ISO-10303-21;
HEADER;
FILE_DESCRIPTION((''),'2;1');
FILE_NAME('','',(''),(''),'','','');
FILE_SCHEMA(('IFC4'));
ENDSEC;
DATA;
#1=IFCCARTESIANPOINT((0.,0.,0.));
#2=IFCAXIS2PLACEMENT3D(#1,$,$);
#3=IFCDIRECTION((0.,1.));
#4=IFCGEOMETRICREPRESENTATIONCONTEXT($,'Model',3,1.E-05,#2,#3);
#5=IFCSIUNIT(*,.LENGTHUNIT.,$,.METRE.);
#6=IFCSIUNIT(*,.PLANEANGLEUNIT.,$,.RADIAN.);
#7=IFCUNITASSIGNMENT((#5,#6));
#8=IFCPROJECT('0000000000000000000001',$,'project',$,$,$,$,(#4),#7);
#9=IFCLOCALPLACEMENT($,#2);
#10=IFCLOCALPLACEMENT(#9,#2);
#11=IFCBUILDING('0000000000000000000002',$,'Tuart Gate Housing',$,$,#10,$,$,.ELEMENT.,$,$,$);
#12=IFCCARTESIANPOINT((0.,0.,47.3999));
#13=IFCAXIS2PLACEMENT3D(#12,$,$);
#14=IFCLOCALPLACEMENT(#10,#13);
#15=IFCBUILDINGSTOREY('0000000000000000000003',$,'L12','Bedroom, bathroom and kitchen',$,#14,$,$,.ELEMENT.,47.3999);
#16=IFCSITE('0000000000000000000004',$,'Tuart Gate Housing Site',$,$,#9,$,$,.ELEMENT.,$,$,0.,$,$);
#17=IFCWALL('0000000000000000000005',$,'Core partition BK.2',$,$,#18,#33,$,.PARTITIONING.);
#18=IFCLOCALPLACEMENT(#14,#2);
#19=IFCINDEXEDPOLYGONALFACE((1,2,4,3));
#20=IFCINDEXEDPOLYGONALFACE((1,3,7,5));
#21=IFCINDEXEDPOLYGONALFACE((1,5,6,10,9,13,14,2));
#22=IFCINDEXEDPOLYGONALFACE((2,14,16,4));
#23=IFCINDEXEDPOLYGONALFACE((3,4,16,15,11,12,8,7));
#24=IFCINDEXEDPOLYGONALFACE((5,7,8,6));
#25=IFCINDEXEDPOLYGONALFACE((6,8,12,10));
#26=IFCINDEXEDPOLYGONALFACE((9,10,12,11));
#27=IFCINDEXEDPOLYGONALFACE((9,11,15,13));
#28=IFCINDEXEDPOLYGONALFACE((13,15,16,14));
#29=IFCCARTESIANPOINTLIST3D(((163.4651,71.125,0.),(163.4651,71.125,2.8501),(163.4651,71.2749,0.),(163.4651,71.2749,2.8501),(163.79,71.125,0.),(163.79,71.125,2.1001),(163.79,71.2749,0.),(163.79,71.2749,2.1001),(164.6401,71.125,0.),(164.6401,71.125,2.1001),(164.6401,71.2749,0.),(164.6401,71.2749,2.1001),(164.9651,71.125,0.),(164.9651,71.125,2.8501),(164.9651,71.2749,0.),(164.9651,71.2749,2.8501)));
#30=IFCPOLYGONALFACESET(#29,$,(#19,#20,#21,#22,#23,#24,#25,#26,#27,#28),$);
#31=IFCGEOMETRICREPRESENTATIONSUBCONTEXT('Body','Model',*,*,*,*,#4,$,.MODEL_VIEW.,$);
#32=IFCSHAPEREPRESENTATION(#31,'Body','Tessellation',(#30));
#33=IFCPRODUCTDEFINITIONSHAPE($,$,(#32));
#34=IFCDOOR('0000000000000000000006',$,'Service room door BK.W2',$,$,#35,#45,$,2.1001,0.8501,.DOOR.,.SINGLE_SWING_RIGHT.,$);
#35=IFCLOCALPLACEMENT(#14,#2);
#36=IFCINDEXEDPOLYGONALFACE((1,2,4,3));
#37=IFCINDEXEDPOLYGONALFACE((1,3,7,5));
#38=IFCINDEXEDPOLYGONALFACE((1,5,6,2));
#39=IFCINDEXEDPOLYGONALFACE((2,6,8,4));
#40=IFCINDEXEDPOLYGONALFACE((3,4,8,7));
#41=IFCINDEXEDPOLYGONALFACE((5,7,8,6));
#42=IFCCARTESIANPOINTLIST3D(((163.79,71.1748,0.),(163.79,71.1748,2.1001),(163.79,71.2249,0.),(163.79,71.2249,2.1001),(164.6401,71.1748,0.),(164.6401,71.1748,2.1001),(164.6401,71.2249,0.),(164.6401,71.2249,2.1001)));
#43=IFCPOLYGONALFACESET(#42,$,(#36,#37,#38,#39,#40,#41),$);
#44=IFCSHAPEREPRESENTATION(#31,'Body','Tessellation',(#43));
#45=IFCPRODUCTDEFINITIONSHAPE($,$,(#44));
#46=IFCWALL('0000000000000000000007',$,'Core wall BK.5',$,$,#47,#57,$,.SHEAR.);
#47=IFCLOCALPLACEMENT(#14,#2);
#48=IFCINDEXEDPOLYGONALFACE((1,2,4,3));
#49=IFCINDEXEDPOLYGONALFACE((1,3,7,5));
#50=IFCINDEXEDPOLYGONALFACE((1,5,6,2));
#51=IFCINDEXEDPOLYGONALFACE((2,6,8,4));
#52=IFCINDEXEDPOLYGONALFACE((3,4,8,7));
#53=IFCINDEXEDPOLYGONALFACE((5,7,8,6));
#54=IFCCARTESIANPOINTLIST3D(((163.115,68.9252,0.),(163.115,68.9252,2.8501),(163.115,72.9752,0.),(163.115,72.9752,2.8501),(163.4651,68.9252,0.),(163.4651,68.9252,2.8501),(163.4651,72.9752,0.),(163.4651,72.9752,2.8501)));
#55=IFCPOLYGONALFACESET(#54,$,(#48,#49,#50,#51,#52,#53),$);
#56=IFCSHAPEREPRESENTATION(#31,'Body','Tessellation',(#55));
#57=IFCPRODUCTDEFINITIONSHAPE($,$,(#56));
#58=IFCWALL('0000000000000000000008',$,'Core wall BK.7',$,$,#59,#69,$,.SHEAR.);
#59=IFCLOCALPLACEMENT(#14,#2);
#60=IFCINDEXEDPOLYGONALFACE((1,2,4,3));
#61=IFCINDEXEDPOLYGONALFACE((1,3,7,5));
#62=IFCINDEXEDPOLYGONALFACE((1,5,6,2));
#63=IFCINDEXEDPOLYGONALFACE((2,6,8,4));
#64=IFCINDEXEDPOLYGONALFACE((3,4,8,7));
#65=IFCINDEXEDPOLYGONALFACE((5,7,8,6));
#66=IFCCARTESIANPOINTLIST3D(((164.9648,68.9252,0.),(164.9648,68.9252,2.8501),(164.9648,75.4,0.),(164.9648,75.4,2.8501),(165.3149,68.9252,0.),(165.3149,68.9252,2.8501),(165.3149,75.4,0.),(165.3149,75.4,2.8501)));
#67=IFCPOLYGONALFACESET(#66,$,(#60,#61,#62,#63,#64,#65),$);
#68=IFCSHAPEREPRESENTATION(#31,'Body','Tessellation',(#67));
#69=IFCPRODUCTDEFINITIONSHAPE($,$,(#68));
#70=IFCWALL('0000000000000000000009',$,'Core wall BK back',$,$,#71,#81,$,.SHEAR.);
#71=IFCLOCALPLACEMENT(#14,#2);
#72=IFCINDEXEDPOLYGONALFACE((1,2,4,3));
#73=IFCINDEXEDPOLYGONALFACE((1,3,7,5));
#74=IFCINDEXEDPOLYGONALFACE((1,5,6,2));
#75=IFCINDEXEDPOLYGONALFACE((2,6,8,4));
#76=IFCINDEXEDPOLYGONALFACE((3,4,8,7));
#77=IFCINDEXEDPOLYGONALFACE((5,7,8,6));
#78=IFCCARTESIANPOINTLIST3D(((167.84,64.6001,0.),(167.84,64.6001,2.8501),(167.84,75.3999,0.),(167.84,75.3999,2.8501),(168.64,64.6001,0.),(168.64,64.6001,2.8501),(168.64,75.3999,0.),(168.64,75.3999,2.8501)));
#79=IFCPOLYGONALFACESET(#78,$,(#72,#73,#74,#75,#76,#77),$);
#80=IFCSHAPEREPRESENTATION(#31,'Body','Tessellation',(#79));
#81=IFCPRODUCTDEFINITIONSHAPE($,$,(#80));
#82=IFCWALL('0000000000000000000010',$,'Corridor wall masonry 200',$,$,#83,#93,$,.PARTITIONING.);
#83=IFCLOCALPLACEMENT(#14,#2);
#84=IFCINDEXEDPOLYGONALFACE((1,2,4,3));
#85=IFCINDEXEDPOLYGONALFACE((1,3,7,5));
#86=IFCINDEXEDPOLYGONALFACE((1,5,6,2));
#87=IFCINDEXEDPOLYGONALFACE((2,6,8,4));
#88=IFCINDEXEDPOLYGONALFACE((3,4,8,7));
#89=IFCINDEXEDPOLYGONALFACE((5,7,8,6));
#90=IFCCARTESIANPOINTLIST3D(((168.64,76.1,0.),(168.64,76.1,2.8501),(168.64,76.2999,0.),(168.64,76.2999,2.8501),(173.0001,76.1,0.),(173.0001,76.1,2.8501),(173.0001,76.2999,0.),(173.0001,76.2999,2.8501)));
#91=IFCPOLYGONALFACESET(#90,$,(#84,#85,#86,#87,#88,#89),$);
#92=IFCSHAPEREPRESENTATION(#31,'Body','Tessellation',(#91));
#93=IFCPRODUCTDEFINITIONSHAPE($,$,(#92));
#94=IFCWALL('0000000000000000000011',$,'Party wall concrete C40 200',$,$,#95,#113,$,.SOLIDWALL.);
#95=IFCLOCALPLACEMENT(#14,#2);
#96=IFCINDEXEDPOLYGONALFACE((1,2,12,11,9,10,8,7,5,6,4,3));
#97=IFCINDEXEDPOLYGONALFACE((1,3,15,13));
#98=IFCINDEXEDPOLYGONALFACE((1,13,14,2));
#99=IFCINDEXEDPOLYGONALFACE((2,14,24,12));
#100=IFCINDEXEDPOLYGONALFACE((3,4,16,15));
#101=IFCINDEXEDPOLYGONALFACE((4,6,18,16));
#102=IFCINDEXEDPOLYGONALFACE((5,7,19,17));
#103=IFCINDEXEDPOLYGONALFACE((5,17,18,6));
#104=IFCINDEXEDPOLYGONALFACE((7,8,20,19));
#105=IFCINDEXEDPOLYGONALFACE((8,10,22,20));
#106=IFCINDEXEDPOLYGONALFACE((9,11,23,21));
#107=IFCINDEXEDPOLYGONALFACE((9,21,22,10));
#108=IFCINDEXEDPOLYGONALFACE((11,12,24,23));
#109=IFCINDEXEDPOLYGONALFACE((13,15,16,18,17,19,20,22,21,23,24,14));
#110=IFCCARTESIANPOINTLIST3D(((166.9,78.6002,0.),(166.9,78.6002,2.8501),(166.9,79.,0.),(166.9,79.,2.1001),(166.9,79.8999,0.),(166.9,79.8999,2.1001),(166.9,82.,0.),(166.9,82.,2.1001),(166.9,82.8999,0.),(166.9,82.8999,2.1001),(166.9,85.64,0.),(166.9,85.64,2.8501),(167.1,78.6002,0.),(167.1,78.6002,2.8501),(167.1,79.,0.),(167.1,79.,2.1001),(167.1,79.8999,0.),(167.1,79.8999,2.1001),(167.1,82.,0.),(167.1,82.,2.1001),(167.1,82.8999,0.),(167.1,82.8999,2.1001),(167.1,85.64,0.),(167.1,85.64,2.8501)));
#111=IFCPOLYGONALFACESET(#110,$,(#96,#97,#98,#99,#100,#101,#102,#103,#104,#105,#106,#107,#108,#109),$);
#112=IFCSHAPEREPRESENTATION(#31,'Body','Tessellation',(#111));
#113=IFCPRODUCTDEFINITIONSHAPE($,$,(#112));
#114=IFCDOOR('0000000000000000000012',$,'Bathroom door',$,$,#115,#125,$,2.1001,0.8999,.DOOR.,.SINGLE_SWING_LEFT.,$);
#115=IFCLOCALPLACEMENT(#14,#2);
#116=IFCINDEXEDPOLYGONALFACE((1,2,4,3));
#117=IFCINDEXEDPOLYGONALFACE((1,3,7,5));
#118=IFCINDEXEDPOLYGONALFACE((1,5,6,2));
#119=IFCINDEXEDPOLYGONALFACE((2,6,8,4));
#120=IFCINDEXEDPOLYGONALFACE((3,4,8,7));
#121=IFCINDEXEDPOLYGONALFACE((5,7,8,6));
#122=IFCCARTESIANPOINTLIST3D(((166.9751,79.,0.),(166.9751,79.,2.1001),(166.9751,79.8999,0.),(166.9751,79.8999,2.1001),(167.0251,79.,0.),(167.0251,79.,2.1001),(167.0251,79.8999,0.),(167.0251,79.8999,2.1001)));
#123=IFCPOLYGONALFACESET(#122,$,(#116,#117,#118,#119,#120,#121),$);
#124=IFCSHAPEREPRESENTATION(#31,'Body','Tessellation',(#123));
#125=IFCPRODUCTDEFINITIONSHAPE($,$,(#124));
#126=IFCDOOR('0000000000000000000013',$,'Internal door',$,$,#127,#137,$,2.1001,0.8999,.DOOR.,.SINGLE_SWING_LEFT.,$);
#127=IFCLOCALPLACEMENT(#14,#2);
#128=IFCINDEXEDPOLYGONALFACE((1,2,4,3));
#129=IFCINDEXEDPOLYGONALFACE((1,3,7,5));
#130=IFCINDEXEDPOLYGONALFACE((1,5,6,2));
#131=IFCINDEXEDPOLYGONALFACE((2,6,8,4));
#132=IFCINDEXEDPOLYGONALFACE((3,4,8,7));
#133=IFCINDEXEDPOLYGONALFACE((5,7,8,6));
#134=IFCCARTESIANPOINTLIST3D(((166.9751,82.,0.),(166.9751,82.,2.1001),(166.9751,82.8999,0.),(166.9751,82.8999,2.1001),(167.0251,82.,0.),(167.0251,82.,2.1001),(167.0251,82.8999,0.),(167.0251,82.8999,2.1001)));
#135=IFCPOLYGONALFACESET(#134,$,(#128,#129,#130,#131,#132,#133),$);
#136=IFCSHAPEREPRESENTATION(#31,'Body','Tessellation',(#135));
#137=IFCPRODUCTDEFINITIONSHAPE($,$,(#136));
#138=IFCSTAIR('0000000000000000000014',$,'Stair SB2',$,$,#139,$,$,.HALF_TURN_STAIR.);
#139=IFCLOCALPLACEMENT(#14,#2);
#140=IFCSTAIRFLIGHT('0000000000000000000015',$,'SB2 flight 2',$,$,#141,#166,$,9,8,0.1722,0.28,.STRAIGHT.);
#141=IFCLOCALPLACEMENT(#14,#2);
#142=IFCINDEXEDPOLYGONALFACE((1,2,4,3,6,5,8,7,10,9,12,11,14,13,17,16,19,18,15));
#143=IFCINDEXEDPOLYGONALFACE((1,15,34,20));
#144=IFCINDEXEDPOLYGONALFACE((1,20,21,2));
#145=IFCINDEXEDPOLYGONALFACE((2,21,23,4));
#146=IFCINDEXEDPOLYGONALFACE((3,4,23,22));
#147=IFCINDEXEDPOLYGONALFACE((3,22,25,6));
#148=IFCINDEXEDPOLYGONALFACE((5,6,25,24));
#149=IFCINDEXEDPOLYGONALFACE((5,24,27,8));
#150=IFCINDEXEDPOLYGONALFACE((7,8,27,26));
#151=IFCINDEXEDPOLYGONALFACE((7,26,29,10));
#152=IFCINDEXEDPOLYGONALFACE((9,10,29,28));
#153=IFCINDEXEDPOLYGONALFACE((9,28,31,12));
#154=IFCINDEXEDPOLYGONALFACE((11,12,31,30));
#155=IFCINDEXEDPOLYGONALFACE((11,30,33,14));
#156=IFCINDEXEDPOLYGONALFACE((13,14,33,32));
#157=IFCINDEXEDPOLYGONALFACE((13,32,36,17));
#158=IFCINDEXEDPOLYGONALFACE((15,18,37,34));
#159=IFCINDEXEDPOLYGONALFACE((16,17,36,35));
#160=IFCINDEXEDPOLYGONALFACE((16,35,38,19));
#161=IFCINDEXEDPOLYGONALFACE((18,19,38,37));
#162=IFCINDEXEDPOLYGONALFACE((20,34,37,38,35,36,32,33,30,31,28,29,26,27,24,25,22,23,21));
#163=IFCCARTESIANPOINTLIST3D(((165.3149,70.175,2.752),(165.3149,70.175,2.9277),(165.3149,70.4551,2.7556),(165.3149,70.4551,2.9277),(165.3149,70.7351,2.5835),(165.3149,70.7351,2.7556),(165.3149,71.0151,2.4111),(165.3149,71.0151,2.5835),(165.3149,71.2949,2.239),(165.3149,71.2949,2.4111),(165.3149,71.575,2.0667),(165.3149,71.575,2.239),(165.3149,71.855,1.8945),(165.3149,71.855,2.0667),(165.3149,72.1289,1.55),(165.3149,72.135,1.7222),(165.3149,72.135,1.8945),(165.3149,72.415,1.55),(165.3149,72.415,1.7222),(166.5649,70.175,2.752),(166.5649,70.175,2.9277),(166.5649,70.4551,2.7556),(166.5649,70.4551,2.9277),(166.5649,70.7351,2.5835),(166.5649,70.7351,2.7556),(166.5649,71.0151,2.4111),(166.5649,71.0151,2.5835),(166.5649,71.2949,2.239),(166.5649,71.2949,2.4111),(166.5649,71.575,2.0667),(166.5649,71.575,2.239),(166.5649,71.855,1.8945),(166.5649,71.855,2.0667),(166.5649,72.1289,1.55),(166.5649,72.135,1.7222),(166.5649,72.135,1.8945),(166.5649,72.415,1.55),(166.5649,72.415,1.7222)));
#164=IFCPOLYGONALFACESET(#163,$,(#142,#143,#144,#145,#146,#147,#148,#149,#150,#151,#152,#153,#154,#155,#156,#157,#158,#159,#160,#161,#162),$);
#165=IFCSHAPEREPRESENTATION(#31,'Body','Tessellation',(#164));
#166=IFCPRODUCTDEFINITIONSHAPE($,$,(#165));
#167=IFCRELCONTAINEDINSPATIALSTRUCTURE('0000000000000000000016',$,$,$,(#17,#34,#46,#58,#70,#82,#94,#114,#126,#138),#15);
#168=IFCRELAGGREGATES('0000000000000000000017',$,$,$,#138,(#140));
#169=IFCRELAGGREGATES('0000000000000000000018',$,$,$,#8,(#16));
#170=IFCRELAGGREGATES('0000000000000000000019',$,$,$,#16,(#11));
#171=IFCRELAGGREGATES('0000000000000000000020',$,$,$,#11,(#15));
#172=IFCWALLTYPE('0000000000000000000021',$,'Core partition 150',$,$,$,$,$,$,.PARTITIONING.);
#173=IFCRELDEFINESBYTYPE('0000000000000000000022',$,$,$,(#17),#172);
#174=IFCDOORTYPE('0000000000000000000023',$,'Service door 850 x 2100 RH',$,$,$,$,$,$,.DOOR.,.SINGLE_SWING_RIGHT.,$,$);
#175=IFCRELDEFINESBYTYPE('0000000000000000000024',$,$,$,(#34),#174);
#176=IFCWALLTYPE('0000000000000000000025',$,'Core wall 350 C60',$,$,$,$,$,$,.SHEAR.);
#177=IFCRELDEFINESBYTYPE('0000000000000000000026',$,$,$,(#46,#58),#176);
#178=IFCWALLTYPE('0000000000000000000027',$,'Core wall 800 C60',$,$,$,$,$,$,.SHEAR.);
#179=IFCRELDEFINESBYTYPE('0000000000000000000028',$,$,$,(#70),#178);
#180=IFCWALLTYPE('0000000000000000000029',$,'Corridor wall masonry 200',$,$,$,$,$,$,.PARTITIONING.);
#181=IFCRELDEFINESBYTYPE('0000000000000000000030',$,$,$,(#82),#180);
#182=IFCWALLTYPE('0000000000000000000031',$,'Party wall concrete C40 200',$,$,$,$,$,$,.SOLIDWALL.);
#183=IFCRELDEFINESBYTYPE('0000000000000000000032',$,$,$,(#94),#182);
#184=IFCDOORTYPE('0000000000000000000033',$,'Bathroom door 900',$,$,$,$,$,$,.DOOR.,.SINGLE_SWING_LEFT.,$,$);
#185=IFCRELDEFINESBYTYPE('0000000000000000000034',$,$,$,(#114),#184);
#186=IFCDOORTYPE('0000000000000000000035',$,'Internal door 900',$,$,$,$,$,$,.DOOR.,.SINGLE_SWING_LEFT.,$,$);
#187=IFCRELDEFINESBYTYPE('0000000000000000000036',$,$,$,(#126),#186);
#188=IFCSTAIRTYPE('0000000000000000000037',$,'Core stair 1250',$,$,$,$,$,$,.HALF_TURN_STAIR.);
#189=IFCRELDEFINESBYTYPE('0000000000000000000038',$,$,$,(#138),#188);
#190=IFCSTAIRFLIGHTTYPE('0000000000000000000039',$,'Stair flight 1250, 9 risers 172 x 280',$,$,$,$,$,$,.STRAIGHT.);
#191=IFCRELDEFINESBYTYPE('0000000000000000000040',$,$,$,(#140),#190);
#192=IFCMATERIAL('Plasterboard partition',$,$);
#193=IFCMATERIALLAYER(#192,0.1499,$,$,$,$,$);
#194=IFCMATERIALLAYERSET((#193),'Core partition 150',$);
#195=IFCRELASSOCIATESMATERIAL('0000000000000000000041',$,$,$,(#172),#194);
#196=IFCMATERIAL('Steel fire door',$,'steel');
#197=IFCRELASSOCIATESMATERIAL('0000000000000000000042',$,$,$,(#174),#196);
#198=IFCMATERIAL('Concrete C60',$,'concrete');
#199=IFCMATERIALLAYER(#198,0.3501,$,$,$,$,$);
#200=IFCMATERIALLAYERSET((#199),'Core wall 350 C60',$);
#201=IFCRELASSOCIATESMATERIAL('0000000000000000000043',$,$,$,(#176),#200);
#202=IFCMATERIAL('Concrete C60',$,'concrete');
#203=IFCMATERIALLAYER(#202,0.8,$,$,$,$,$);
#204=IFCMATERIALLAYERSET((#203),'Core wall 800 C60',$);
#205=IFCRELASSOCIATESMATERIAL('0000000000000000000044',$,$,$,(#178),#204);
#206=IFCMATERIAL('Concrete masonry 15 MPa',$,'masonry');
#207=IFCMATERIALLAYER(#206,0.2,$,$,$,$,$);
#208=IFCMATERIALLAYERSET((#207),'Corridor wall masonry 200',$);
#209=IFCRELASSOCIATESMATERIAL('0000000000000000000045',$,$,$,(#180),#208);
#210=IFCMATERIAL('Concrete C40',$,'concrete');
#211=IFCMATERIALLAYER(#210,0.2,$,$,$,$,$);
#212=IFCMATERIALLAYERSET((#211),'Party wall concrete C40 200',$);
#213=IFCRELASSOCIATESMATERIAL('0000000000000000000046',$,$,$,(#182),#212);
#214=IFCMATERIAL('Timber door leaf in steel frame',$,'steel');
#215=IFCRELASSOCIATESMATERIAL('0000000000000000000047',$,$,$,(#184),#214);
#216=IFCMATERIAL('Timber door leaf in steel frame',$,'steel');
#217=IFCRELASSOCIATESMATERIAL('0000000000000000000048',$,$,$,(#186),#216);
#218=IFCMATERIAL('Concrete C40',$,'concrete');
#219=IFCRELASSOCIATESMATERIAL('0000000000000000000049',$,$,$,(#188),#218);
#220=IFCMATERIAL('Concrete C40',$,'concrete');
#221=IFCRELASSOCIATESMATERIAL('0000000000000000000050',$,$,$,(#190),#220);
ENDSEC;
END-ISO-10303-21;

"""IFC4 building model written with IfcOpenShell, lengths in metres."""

from ifc_helpers import new_model, si_unit, direction, frame, frame_2d, origin, place, context, subcontext, project, spatial, polyline, rectangle, outline, extrude, material, layer, layer_set, type_object, element, fill, aggregate, save


model = new_model("IFC4")

# Units and contexts
model_context = context("Model", 3, precision=1e-05, world=origin(), true_north=direction((0.0, 1.0)))
body_context = subcontext(model_context, "Body", "Model", "MODEL_VIEW")
ifc_project = project(units=[si_unit("LENGTHUNIT", "METRE"), si_unit("PLANEANGLEUNIT", "RADIAN")], contexts=[model_context])

# Site, building, storey
site_placement = place(None, origin())
site = spatial("IfcSite", under=ifc_project, at=site_placement, Name="Tuart Gate Housing Site", CompositionType="ELEMENT", RefElevation=0.0)
building_placement = place(site_placement, origin())
building = spatial("IfcBuilding", under=site, at=building_placement, Name="Tuart Gate Housing", CompositionType="ELEMENT")
storey_placement = place(building_placement, frame((0.0, 0.0, 47.3999)))
storey = spatial("IfcBuildingStorey", under=building, at=storey_placement, Name="L12", Description="Bedroom, bathroom and kitchen", CompositionType="ELEMENT", Elevation=47.3999)

# Wall, opening, door
ifc_material_1 = material(Name="Plasterboard partition")
ifc_layer_1 = layer(ifc_material_1, 0.1499)
ifc_layer_set_1 = layer_set([ifc_layer_1], Name="Core partition 150")
wall_type_1 = type_object("IfcWallType", Name="Core partition 150", PredefinedType="PARTITIONING", material=ifc_layer_set_1)
wall_1_placement = place(storey_placement, frame((163.4651, 71.2, 0.0), z_axis=(0.0, 0.0, 1.0), x_axis=(1.0, 0.0, 0.0)))
wall_1 = element("IfcWall", 1, at=wall_1_placement, inside=storey, type_object=wall_type_1, Name="Core partition BK.2", PredefinedType="PARTITIONING", context=body_context, shape_type="SweptSolid", body=[
    extrude(rectangle(XDim=1.5, YDim=0.1499, at=frame_2d((0.75, 0.0))), origin(), (0.0, 0.0, 1.0), 2.8501),
])
opening_1_placement = place(wall_1_placement, frame((0.325, 0.0, 0.0)))
opening_1 = element("IfcOpeningElement", 2, at=opening_1_placement, cuts=wall_1, PredefinedType="OPENING", context=body_context, shape_type="SweptSolid", body=[
    extrude(rectangle(XDim=0.8501, YDim=2.1001, at=frame_2d((0.425, 1.05))), frame((0.0, 0.085, 0.0), z_axis=(0.0, -1.0, 0.0), x_axis=(1.0, 0.0, 0.0)), (0.0, 0.0, 1.0), 0.1699),
])
ifc_material_2 = material(Name="Steel fire door", Category="steel")
door_type_1 = type_object("IfcDoorType", Name="Service door 850 x 2100 RH", OperationType="SINGLE_SWING_RIGHT", PredefinedType="DOOR", material=ifc_material_2)
door_1_placement = place(opening_1_placement, frame((0.8501, 0.0, 0.0), z_axis=(0.0, 0.0, 1.0), x_axis=(-1.0, 0.0, 0.0)))
door_1 = element("IfcDoor", 3, at=door_1_placement, inside=storey, type_object=door_type_1, Name="Service room door BK.W2", OperationType="SINGLE_SWING_RIGHT", OverallHeight=2.1001, OverallWidth=0.8501, PredefinedType="DOOR", context=body_context, shape_type="SweptSolid", body=[
    extrude(rectangle(XDim=0.8501, YDim=2.1001, at=frame_2d((0.425, 1.05))), frame((0.0, 0.0251, 0.0), z_axis=(0.0, -1.0, 0.0), x_axis=(1.0, 0.0, 0.0)), (0.0, 0.0, 1.0), 0.05),
])
fill(opening_1, door_1)

# Walls
ifc_material_3 = material(Name="Concrete C60", Category="concrete")
ifc_layer_2 = layer(ifc_material_3, 0.3501)
ifc_layer_set_2 = layer_set([ifc_layer_2], Name="Core wall 350 C60")
wall_type_2 = type_object("IfcWallType", Name="Core wall 350 C60", PredefinedType="SHEAR", material=ifc_layer_set_2)
wall_2_placement = place(storey_placement, frame((163.29, 72.9751, 0.0), z_axis=(0.0, 0.0, 1.0), x_axis=(0.0, -1.0, 0.0)))
element("IfcWall", 4, at=wall_2_placement, inside=storey, type_object=wall_type_2, Name="Core wall BK.5", PredefinedType="SHEAR", context=body_context, shape_type="SweptSolid", body=[
    extrude(rectangle(XDim=4.05, YDim=0.3501, at=frame_2d((2.0249, 0.0))), origin(), (0.0, 0.0, 1.0), 2.8501),
])
wall_3_placement = place(storey_placement, frame((165.1399, 75.3999, 0.0), z_axis=(0.0, 0.0, 1.0), x_axis=(0.0, -1.0, 0.0)))
element("IfcWall", 5, at=wall_3_placement, inside=storey, type_object=wall_type_2, Name="Core wall BK.7", PredefinedType="SHEAR", context=body_context, shape_type="SweptSolid", body=[
    extrude(rectangle(XDim=6.4749, YDim=0.3501, at=frame_2d((3.2373, 0.0))), origin(), (0.0, 0.0, 1.0), 2.8501),
])
ifc_material_4 = material(Name="Concrete C60", Category="concrete")
ifc_layer_3 = layer(ifc_material_4, 0.8)
ifc_layer_set_3 = layer_set([ifc_layer_3], Name="Core wall 800 C60")
wall_type_3 = type_object("IfcWallType", Name="Core wall 800 C60", PredefinedType="SHEAR", material=ifc_layer_set_3)
wall_4_placement = place(storey_placement, frame((168.24, 75.3999, 0.0), z_axis=(0.0, 0.0, 1.0), x_axis=(0.0, -1.0, 0.0)))
element("IfcWall", 6, at=wall_4_placement, inside=storey, type_object=wall_type_3, Name="Core wall BK back", PredefinedType="SHEAR", context=body_context, shape_type="SweptSolid", body=[
    extrude(rectangle(XDim=10.7998, YDim=0.8, at=frame_2d((5.3999, 0.0))), origin(), (0.0, 0.0, 1.0), 2.8501),
])
ifc_material_5 = material(Name="Concrete masonry 15 MPa", Category="masonry")
ifc_layer_4 = layer(ifc_material_5, 0.2)
ifc_layer_set_4 = layer_set([ifc_layer_4], Name="Corridor wall masonry 200")
wall_type_4 = type_object("IfcWallType", Name="Corridor wall masonry 200", PredefinedType="PARTITIONING", material=ifc_layer_set_4)
wall_5_placement = place(storey_placement, frame((168.6399, 76.2, 0.0), z_axis=(0.0, 0.0, 1.0), x_axis=(1.0, 0.0, 0.0)))
element("IfcWall", 7, at=wall_5_placement, inside=storey, type_object=wall_type_4, Name="Corridor wall masonry 200", PredefinedType="PARTITIONING", context=body_context, shape_type="SweptSolid", body=[
    extrude(rectangle(XDim=4.3601, YDim=0.2, at=frame_2d((2.1802, 0.0))), origin(), (0.0, 0.0, 1.0), 2.8501),
])

# Wall, openings, doors
ifc_material_6 = material(Name="Concrete C40", Category="concrete")
ifc_layer_5 = layer(ifc_material_6, 0.2)
ifc_layer_set_5 = layer_set([ifc_layer_5], Name="Party wall concrete C40 200")
wall_type_5 = type_object("IfcWallType", Name="Party wall concrete C40 200", PredefinedType="SOLIDWALL", material=ifc_layer_set_5)
wall_6_placement = place(storey_placement, frame((167.0, 78.6001, 0.0), z_axis=(0.0, 0.0, 1.0), x_axis=(0.0, 1.0, 0.0)))
wall_6 = element("IfcWall", 8, at=wall_6_placement, inside=storey, type_object=wall_type_5, Name="Party wall concrete C40 200", PredefinedType="SOLIDWALL", context=body_context, shape_type="SweptSolid", body=[
    extrude(rectangle(XDim=7.0398, YDim=0.2, at=frame_2d((3.52, 0.0))), origin(), (0.0, 0.0, 1.0), 2.8501),
])
opening_2_placement = place(wall_6_placement, frame((3.3999, 0.0, 0.0)))
opening_2 = element("IfcOpeningElement", 9, at=opening_2_placement, cuts=wall_6, PredefinedType="OPENING", context=body_context, shape_type="SweptSolid", body=[
    extrude(rectangle(XDim=0.8999, YDim=2.1001, at=frame_2d((0.45, 1.05))), frame((0.0, 0.1099, 0.0), z_axis=(0.0, -1.0, 0.0), x_axis=(1.0, 0.0, 0.0)), (0.0, 0.0, 1.0), 0.22),
])
opening_3_placement = place(wall_6_placement, frame((0.3999, 0.0, 0.0)))
opening_3 = element("IfcOpeningElement", 10, at=opening_3_placement, cuts=wall_6, PredefinedType="OPENING", context=body_context, shape_type="SweptSolid", body=[
    extrude(rectangle(XDim=0.8999, YDim=2.1001, at=frame_2d((0.45, 1.05))), frame((0.0, 0.1099, 0.0), z_axis=(0.0, -1.0, 0.0), x_axis=(1.0, 0.0, 0.0)), (0.0, 0.0, 1.0), 0.22),
])
ifc_material_7 = material(Name="Timber door leaf in steel frame", Category="steel")
door_type_2 = type_object("IfcDoorType", Name="Bathroom door 900", OperationType="SINGLE_SWING_LEFT", PredefinedType="DOOR", material=ifc_material_7)
door_2_placement = place(opening_3_placement, origin())
door_2 = element("IfcDoor", 11, at=door_2_placement, inside=storey, type_object=door_type_2, Name="Bathroom door", OperationType="SINGLE_SWING_LEFT", OverallHeight=2.1001, OverallWidth=0.8999, PredefinedType="DOOR", context=body_context, shape_type="SweptSolid", body=[
    extrude(rectangle(XDim=0.8999, YDim=2.1001, at=frame_2d((0.45, 1.05))), frame((0.0, 0.0249, 0.0), z_axis=(0.0, -1.0, 0.0), x_axis=(1.0, 0.0, 0.0)), (0.0, 0.0, 1.0), 0.05),
])
fill(opening_3, door_2)
ifc_material_8 = material(Name="Timber door leaf in steel frame", Category="steel")
door_type_3 = type_object("IfcDoorType", Name="Internal door 900", OperationType="SINGLE_SWING_LEFT", PredefinedType="DOOR", material=ifc_material_8)
door_3_placement = place(opening_2_placement, origin())
door_3 = element("IfcDoor", 12, at=door_3_placement, inside=storey, type_object=door_type_3, Name="Internal door", OperationType="SINGLE_SWING_LEFT", OverallHeight=2.1001, OverallWidth=0.8999, PredefinedType="DOOR", context=body_context, shape_type="SweptSolid", body=[
    extrude(rectangle(XDim=0.8999, YDim=2.1001, at=frame_2d((0.45, 1.05))), frame((0.0, 0.0249, 0.0), z_axis=(0.0, -1.0, 0.0), x_axis=(1.0, 0.0, 0.0)), (0.0, 0.0, 1.0), 0.05),
])
fill(opening_2, door_3)

# Stair, stair flight
ifc_material_9 = material(Name="Concrete C40", Category="concrete")
stair_type = type_object("IfcStairType", Name="Core stair 1250", PredefinedType="HALF_TURN_STAIR", material=ifc_material_9)
stair_placement = place(storey_placement, origin())
stair = element("IfcStair", 13, at=stair_placement, inside=storey, type_object=stair_type, Name="Stair SB2", PredefinedType="HALF_TURN_STAIR")
ifc_material_10 = material(Name="Concrete C40", Category="concrete")
stair_flight_type = type_object("IfcStairFlightType", Name="Stair flight 1250, 9 risers 172 x 280", PredefinedType="STRAIGHT", material=ifc_material_10)
stair_flight_placement = place(storey_placement, frame((165.9399, 72.415, 1.55), z_axis=(0.0, 0.0, 1.0), x_axis=(0.0, -1.0, 0.0)))
stair_flight = element("IfcStairFlight", 14, at=stair_flight_placement, type_object=stair_flight_type, Name="SB2 flight 2", NumberOfRisers=9, NumberOfTreads=8, PredefinedType="STRAIGHT", RiserHeight=0.1722, TreadLength=0.28, context=body_context, shape_type="SweptSolid", body=[
    extrude(outline(polyline([(0.0, 0.0), (0.0, 0.1721), (0.28, 0.1721), (0.28, 0.3445), (0.5601, 0.3445), (0.5601, 0.5166), (0.8401, 0.5166), (0.8401, 0.689), (1.1201, 0.689), (1.1201, 0.8611), (1.3999, 0.8611), (1.3999, 1.0334), (1.6799, 1.0334), (1.6799, 1.2056), (1.96, 1.2056), (1.96, 1.3777), (2.24, 1.3777), (2.24, 1.55), (2.24, 1.2019), (0.2861, 0.0), (0.0, 0.0)])), frame((0.0, 0.625, 0.0), z_axis=(0.0, -1.0, 0.0), x_axis=(1.0, 0.0, 0.0)), (0.0, 0.0, 1.0), 1.25),
])
aggregate(stair, [stair_flight])

save(model, "model.ifc")
